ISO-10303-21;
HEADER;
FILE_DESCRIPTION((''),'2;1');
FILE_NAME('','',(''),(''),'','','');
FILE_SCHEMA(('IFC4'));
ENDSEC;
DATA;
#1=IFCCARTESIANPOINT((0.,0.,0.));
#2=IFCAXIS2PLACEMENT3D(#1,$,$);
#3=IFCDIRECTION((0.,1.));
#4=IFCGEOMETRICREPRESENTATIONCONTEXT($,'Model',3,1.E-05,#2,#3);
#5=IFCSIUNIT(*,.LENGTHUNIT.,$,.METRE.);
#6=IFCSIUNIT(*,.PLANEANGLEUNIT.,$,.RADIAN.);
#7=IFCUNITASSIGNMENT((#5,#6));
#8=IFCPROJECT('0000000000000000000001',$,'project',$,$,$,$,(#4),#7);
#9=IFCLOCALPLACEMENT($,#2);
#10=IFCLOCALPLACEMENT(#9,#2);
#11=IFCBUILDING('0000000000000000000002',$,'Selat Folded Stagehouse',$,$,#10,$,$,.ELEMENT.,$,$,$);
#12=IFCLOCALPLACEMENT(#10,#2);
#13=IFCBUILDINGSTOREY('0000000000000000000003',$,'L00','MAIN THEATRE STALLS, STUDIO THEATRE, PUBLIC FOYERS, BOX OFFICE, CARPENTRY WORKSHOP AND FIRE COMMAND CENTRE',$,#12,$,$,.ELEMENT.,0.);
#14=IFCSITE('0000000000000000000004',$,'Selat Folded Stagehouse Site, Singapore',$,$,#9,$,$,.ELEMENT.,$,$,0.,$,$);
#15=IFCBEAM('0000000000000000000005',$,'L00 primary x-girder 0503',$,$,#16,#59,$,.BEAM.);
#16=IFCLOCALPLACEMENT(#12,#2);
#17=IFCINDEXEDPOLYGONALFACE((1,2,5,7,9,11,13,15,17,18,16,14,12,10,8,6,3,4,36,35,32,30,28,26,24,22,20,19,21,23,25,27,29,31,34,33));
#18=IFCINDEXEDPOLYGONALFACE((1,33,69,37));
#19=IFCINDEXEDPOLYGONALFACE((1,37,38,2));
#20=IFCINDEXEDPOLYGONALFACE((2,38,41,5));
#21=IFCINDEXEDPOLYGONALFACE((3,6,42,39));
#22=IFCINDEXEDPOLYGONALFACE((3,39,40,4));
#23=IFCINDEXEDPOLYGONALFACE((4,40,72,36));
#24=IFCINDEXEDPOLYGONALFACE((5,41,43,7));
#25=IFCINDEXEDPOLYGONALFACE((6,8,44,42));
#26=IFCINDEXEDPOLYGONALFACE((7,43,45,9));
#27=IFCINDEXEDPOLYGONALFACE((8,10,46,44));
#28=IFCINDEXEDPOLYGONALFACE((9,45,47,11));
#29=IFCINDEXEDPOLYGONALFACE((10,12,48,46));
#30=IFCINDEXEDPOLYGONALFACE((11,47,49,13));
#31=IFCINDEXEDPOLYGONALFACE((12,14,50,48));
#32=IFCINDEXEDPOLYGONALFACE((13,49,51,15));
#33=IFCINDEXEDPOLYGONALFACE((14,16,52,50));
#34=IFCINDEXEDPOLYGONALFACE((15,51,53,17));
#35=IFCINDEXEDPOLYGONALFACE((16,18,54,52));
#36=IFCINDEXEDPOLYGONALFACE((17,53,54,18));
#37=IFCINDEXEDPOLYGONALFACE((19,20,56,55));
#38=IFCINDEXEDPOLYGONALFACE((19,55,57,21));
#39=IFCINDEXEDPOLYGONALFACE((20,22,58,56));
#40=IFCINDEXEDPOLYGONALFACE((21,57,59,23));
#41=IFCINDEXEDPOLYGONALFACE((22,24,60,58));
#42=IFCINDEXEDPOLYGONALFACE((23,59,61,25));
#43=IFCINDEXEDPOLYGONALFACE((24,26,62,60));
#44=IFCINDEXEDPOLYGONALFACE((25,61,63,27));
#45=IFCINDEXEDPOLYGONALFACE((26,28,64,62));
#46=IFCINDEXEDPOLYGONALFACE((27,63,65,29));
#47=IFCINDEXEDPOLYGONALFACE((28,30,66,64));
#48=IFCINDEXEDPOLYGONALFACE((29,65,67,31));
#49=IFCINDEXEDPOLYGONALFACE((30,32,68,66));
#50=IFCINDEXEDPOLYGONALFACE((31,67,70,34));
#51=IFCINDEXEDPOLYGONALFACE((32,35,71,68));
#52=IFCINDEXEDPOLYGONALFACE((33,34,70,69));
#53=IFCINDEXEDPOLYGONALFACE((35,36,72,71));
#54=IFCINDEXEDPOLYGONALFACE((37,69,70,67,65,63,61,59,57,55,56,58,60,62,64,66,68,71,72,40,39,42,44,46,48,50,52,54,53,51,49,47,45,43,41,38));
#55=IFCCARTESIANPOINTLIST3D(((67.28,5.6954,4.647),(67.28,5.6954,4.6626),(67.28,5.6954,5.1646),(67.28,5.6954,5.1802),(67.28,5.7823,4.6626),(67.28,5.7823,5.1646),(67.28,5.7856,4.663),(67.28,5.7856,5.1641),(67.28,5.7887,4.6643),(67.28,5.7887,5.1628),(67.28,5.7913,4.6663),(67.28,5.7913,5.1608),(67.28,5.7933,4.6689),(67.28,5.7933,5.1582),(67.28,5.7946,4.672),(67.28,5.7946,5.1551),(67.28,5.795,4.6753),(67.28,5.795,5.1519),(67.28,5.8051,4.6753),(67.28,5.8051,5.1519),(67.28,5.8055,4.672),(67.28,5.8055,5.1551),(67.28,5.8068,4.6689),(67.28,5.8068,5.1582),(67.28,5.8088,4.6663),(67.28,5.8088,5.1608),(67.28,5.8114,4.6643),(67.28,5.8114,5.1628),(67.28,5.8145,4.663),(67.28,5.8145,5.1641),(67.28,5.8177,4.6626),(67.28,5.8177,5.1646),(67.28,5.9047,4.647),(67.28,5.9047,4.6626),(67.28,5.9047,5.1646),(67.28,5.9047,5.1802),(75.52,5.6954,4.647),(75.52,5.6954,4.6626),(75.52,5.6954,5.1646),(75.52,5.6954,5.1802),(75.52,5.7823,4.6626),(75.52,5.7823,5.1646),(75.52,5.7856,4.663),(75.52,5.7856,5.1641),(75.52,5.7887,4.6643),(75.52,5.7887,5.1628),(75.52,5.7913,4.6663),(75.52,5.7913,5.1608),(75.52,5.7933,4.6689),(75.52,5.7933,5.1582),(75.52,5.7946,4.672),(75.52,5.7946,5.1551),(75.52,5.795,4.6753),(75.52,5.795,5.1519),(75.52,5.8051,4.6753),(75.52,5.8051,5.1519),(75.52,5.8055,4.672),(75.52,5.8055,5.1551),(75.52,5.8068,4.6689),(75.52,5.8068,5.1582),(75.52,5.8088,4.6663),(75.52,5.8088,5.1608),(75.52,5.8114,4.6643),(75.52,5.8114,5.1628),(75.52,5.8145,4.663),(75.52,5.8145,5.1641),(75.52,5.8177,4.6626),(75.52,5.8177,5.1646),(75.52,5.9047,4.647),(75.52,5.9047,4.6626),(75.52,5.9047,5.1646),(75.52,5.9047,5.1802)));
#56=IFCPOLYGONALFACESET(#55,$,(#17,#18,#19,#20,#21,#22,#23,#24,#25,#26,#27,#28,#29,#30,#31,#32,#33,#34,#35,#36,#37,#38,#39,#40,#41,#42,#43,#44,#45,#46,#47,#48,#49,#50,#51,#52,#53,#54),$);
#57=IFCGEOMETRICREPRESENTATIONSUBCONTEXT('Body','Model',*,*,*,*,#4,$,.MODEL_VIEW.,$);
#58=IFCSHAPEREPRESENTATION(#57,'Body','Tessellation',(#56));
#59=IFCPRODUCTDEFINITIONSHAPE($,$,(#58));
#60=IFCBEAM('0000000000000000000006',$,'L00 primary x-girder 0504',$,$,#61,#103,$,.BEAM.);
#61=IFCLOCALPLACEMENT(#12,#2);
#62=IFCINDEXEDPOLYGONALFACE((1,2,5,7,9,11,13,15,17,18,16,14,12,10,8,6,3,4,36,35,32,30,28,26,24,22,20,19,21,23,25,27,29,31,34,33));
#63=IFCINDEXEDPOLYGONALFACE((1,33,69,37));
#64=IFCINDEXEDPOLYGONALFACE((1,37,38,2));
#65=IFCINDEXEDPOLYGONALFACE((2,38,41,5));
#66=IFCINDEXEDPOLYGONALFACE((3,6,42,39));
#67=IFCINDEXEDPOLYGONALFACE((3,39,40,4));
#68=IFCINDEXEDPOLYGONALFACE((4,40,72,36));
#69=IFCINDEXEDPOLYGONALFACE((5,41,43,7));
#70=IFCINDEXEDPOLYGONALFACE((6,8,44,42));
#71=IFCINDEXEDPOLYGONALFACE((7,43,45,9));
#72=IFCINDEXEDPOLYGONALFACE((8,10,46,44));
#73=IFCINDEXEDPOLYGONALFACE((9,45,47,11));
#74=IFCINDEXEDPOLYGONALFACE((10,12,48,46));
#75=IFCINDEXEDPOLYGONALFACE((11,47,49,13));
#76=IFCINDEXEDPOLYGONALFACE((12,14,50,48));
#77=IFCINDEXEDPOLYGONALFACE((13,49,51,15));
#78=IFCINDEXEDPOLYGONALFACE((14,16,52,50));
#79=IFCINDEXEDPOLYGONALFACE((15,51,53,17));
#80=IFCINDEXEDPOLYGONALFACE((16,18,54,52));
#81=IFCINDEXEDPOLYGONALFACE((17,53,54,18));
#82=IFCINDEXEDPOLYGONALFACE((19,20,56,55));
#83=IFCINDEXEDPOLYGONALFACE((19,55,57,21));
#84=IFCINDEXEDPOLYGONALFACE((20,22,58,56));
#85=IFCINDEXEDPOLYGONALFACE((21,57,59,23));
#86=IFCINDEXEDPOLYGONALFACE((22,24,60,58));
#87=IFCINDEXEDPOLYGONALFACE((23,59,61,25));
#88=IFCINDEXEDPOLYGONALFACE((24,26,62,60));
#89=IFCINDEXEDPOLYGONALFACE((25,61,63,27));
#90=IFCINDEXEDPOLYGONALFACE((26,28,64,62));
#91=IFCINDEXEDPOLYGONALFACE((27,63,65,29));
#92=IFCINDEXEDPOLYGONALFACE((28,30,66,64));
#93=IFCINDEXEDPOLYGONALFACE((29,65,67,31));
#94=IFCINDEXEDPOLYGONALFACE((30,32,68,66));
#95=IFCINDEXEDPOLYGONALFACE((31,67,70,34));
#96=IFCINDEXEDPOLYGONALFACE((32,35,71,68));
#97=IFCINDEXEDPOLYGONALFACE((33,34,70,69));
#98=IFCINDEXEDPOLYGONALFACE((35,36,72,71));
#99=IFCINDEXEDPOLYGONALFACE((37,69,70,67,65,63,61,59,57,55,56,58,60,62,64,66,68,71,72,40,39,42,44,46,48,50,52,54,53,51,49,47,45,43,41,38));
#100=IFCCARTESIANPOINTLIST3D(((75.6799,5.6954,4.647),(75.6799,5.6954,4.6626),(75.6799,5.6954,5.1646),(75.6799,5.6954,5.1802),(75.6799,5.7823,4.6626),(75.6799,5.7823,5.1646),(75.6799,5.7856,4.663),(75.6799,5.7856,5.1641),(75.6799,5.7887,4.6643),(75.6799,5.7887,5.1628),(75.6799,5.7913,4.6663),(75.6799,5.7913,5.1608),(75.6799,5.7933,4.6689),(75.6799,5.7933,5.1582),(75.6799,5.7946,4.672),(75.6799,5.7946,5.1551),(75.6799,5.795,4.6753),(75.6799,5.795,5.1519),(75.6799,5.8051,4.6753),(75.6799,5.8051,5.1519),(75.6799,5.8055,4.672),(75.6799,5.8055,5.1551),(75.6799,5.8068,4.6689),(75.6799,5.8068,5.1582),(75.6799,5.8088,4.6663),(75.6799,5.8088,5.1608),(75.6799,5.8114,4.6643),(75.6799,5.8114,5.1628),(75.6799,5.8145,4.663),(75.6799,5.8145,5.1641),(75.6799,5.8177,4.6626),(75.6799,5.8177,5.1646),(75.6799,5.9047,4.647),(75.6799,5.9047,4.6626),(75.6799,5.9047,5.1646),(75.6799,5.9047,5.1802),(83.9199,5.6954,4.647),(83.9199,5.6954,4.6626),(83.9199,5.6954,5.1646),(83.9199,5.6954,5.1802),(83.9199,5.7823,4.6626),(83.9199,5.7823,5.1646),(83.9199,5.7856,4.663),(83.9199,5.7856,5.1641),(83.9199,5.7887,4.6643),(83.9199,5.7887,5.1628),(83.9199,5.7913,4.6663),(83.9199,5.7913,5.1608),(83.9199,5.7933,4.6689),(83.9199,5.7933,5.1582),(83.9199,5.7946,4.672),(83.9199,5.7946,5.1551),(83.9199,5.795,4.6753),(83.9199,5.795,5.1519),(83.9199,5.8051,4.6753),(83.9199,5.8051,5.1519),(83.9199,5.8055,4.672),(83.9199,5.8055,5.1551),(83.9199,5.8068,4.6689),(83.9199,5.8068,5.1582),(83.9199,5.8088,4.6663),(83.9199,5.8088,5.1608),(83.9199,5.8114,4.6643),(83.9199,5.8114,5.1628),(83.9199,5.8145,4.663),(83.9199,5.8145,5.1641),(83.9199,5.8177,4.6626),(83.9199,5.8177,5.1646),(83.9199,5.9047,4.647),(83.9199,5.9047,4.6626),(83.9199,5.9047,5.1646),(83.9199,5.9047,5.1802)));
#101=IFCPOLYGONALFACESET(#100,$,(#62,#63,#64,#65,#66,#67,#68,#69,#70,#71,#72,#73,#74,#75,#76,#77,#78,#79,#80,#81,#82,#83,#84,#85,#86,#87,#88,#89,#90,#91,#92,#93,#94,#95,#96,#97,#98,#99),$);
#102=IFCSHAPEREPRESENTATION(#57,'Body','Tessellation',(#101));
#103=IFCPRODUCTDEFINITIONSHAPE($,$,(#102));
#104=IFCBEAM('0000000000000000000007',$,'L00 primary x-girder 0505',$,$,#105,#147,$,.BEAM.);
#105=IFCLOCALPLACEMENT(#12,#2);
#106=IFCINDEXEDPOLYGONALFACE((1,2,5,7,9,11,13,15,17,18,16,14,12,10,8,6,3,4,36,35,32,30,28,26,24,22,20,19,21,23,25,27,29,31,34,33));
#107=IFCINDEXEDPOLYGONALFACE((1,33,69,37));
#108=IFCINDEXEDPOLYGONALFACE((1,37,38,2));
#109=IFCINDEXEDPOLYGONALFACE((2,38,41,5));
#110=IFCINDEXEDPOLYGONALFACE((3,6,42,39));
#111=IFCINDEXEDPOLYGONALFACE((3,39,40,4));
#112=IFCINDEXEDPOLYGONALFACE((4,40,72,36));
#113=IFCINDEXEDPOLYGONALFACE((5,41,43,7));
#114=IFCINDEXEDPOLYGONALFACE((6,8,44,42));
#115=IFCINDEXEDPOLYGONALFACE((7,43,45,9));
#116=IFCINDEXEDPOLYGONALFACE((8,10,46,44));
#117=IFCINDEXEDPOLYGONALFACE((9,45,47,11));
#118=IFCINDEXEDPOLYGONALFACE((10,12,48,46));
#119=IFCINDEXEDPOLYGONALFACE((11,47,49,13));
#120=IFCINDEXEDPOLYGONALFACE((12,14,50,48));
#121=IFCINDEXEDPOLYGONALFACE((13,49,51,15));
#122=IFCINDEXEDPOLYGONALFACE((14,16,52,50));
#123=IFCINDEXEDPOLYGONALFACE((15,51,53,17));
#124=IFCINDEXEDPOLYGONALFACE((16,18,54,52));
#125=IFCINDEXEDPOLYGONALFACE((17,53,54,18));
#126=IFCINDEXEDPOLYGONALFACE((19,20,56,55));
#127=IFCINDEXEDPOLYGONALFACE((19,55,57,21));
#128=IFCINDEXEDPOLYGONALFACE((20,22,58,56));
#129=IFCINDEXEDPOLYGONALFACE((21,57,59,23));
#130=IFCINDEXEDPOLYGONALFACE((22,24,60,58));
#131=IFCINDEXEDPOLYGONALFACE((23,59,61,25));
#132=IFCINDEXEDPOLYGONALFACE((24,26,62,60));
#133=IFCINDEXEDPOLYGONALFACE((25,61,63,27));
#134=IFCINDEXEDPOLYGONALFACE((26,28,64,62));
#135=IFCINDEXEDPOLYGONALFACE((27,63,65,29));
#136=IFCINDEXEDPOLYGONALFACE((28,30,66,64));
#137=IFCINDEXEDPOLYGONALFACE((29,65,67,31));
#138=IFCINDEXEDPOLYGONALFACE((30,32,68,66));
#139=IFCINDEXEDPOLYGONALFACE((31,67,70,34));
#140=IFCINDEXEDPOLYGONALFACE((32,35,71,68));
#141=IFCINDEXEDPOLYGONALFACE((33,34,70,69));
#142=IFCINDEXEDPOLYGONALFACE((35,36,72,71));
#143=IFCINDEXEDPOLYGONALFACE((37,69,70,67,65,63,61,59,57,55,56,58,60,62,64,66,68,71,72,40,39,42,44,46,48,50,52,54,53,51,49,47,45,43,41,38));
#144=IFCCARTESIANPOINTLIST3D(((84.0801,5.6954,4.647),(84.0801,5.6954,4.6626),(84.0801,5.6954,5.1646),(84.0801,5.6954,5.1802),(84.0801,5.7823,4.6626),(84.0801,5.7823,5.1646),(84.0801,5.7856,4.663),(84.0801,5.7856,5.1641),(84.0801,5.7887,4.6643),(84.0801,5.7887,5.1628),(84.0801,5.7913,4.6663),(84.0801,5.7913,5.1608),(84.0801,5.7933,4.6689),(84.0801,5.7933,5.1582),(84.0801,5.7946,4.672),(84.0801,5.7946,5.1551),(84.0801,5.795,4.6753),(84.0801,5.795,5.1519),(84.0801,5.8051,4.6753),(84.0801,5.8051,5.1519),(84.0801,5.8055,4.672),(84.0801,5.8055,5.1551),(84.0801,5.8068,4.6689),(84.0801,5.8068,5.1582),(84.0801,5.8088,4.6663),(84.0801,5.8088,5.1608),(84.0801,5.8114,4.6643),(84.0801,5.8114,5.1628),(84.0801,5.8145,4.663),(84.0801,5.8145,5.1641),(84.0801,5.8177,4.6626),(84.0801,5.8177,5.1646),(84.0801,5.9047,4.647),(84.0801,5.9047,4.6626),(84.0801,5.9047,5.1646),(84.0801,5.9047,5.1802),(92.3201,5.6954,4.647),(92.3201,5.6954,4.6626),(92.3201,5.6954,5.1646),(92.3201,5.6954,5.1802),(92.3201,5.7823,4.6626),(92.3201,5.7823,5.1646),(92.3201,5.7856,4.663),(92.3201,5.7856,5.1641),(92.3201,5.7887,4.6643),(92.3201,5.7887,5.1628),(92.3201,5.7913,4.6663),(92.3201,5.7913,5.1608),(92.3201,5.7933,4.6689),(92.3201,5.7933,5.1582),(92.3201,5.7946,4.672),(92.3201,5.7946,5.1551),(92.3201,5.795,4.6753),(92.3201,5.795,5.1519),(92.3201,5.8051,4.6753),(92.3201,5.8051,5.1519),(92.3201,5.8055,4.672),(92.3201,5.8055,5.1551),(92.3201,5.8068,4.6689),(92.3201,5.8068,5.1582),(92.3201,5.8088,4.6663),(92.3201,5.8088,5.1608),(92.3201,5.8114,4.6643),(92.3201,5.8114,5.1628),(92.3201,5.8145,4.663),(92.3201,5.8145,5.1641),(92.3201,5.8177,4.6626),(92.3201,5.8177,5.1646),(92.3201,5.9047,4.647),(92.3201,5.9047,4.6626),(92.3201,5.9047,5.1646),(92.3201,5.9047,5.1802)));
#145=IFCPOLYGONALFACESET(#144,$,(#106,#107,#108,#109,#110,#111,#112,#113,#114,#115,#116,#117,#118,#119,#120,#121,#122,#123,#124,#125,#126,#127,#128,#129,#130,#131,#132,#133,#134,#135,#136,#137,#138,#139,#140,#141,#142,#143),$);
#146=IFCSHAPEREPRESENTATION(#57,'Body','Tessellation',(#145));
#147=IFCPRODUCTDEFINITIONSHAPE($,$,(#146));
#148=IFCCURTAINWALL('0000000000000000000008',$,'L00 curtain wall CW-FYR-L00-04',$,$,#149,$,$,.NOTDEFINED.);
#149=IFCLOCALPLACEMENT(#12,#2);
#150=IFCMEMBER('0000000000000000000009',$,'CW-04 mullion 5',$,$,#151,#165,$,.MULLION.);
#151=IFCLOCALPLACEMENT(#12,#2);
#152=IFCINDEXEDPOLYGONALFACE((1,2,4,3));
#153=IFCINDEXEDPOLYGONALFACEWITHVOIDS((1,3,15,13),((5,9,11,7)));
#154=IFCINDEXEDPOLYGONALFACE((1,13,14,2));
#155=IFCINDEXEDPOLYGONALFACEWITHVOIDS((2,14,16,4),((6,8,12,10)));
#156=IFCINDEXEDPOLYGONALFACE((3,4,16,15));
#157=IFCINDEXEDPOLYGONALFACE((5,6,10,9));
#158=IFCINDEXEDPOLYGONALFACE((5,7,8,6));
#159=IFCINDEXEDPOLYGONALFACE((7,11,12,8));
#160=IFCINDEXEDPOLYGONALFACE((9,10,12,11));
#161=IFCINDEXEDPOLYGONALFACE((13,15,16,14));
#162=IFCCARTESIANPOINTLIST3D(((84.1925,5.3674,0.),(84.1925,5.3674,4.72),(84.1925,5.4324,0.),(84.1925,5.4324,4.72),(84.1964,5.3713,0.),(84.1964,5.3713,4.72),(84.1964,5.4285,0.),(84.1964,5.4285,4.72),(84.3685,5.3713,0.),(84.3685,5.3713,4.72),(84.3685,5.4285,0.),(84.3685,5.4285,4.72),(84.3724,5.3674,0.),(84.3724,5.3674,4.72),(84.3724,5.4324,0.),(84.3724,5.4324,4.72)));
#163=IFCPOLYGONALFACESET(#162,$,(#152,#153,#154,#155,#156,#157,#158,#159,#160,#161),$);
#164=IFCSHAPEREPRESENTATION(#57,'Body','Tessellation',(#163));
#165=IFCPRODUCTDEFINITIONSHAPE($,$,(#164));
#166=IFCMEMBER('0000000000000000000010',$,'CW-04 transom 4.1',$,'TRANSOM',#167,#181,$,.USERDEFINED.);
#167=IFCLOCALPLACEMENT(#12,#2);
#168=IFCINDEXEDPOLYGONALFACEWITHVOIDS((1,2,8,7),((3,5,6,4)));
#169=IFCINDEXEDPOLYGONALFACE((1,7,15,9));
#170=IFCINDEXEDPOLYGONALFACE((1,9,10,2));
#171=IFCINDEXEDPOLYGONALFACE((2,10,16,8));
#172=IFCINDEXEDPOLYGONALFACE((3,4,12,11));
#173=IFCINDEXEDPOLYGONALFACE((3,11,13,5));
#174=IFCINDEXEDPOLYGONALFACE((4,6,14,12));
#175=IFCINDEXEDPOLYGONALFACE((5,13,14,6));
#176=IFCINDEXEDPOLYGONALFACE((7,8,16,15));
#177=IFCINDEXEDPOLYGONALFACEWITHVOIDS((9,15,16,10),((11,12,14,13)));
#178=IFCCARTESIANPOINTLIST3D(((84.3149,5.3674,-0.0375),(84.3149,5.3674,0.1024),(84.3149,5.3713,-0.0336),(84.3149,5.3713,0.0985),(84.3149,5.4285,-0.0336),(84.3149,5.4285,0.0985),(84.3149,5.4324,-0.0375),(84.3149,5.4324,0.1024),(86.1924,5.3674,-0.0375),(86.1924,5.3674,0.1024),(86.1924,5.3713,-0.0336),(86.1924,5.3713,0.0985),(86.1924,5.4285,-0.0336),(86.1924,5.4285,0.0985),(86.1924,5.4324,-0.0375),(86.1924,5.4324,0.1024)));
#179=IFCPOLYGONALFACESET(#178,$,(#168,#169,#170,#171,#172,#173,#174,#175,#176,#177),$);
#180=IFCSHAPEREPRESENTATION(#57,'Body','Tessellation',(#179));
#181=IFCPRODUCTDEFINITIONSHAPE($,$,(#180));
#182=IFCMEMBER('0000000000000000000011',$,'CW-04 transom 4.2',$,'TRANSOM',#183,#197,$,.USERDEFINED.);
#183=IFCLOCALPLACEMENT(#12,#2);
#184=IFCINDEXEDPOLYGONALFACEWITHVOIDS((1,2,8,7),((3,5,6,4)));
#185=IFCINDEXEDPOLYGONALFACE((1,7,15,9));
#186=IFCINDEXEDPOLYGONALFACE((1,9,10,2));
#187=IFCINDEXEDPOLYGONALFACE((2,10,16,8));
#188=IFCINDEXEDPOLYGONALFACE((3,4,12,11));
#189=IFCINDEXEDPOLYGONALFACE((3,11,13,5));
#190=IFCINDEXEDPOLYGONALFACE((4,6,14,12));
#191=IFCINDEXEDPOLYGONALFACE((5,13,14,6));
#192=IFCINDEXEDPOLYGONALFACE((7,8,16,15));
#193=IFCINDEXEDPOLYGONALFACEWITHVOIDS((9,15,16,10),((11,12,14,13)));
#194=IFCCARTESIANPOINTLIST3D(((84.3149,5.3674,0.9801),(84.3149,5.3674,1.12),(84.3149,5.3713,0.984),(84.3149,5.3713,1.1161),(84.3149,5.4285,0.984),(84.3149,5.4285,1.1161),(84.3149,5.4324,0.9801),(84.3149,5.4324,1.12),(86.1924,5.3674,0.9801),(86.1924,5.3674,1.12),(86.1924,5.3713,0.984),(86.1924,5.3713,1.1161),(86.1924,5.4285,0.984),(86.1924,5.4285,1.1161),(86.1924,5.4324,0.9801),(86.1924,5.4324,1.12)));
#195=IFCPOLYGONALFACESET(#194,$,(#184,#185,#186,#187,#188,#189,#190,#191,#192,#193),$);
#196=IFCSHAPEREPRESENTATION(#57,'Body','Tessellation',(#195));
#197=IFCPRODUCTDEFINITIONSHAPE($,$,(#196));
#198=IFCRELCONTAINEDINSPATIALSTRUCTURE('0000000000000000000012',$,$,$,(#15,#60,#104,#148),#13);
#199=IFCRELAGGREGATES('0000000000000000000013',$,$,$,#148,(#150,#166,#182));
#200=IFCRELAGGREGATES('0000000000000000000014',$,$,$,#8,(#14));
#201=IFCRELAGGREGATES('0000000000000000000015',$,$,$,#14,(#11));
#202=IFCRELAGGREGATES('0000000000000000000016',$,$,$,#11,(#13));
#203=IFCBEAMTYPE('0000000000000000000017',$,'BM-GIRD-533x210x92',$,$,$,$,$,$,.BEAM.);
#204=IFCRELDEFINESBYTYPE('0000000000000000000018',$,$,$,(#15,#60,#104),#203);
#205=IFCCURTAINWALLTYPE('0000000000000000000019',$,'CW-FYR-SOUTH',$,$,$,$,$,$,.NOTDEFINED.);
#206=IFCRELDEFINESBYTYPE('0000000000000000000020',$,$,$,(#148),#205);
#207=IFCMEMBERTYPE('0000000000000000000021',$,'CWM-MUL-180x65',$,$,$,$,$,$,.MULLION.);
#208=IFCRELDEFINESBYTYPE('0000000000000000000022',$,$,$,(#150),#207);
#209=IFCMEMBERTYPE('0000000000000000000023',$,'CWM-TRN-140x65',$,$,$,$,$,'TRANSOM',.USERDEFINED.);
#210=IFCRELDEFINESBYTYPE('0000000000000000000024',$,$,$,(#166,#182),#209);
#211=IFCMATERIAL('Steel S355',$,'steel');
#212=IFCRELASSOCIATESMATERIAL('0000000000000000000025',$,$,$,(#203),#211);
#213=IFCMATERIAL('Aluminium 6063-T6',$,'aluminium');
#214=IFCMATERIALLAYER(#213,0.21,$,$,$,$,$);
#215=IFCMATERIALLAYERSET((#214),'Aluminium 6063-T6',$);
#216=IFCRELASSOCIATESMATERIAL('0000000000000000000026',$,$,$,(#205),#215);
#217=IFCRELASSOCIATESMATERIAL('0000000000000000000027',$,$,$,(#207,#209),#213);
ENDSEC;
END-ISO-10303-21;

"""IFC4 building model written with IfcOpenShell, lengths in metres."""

from ifc_helpers import new_model, si_unit, direction, frame, origin, origin_2d, place, context, subcontext, project, spatial, hollow_rectangle, i_section, extrude, material, layer, layer_set, material_profile, profile_set, type_object, element, aggregate, save


model = new_model("IFC4")

# Units and contexts
model_context = context("Model", 3, precision=1e-05, world=origin(), true_north=direction((0.0, 1.0)))
body_context = subcontext(model_context, "Body", "Model", "MODEL_VIEW")
ifc_project = project(units=[si_unit("LENGTHUNIT", "METRE"), si_unit("PLANEANGLEUNIT", "RADIAN")], contexts=[model_context])

# Site, building, storey
site_placement = place(None, origin())
site = spatial("IfcSite", under=ifc_project, at=site_placement, Name="Selat Folded Stagehouse Site, Singapore", CompositionType="ELEMENT", RefElevation=0.0)
building_placement = place(site_placement, origin())
building = spatial("IfcBuilding", under=site, at=building_placement, Name="Selat Folded Stagehouse", CompositionType="ELEMENT")
storey_placement = place(building_placement, origin())
storey = spatial("IfcBuildingStorey", under=building, at=storey_placement, Name="L00", Description="MAIN THEATRE STALLS, STUDIO THEATRE, PUBLIC FOYERS, BOX OFFICE, CARPENTRY WORKSHOP AND FIRE COMMAND CENTRE", CompositionType="ELEMENT", Elevation=0.0)

# Shared definitions
ifc_material_1 = material(Name="Steel S355", Category="steel")

# Beams
ifc_material_profile_1 = material_profile(ifc_material_1, i_section(OverallWidth=0.2092, OverallDepth=0.5332, WebThickness=0.01, FlangeThickness=0.0156, FilletRadius=0.0127, at=origin_2d()), Name="UKB 533x210x92")
ifc_profile_set_1 = profile_set([ifc_material_profile_1], Name="Steel S355")
beam_type_1 = type_object("IfcBeamType", Name="BM-GIRD-533x210x92", PredefinedType="BEAM", material=ifc_profile_set_1)
for number, where, z_axis, x_axis, name in (
    (1, (67.28, 5.8, 4.9136), (1.0, 0.0, 0.0), (0.0, 1.0, 0.0), "L00 primary x-girder 0503"),
    (2, (75.6799, 5.8, 4.9136), (1.0, 0.0, 0.0), (0.0, 1.0, 0.0), "L00 primary x-girder 0504"),
    (3, (84.0801, 5.8, 4.9136), (1.0, 0.0, 0.0), (0.0, 1.0, 0.0), "L00 primary x-girder 0505"),
):
    element("IfcBeam", number, at=place(storey_placement, frame(where, z_axis=z_axis, x_axis=x_axis)), inside=storey, type_object=beam_type_1, Name=name, PredefinedType="BEAM", context=body_context, shape_type="SweptSolid", body=[
        extrude(i_section(OverallWidth=0.2092, OverallDepth=0.5332, WebThickness=0.01, FlangeThickness=0.0156, FilletRadius=0.0127, at=origin_2d()), origin(), (0.0, 0.0, 1.0), 8.24),
    ])

# Curtain wall, members
ifc_material_2 = material(Name="Aluminium 6063-T6", Category="aluminium")
ifc_layer_1 = layer(ifc_material_2, 0.21)
ifc_layer_set_1 = layer_set([ifc_layer_1], Name="Aluminium 6063-T6")
curtain_wall_type = type_object("IfcCurtainWallType", Name="CW-FYR-SOUTH", PredefinedType="NOTDEFINED", material=ifc_layer_set_1)
curtain_wall_placement = place(storey_placement, origin())
curtain_wall = element("IfcCurtainWall", 4, at=curtain_wall_placement, inside=storey, type_object=curtain_wall_type, Name="L00 curtain wall CW-FYR-L00-04", PredefinedType="NOTDEFINED")
ifc_material_profile_2 = material_profile(ifc_material_2, hollow_rectangle(XDim=0.0649, YDim=0.1799, WallThickness=0.0039, at=origin_2d()), Name="ALU 180x65x4.0")
ifc_profile_set_2 = profile_set([ifc_material_profile_2], Name="Aluminium 6063-T6")
member_type_1 = type_object("IfcMemberType", Name="CWM-MUL-180x65", PredefinedType="MULLION", material=ifc_profile_set_2)
member_1_placement = place(storey_placement, frame((84.2825, 5.3999, 0.0), z_axis=(0.0, 0.0, 1.0), x_axis=(0.0, -1.0, 0.0)))
member_1 = element("IfcMember", 5, at=member_1_placement, type_object=member_type_1, Name="CW-04 mullion 5", PredefinedType="MULLION", context=body_context, shape_type="SweptSolid", body=[
    extrude(hollow_rectangle(XDim=0.0649, YDim=0.1799, WallThickness=0.0039, at=origin_2d()), origin(), (0.0, 0.0, 1.0), 4.72),
])
ifc_material_profile_3 = material_profile(ifc_material_2, hollow_rectangle(XDim=0.0649, YDim=0.1399, WallThickness=0.0039, at=origin_2d()), Name="ALU 140x65x4.0")
ifc_profile_set_3 = profile_set([ifc_material_profile_3], Name="Aluminium 6063-T6")
member_type_2 = type_object("IfcMemberType", Name="CWM-TRN-140x65", ElementType="TRANSOM", PredefinedType="USERDEFINED", material=ifc_profile_set_3)
member_2_placement = place(storey_placement, frame((86.1924, 5.3999, 0.0325), z_axis=(-1.0, 0.0, 0.0), x_axis=(0.0, -1.0, 0.0)))
member_2 = element("IfcMember", 6, at=member_2_placement, type_object=member_type_2, Name="CW-04 transom 4.1", ObjectType="TRANSOM", PredefinedType="USERDEFINED", context=body_context, shape_type="SweptSolid", body=[
    extrude(hollow_rectangle(XDim=0.0649, YDim=0.1399, WallThickness=0.0039, at=origin_2d()), origin(), (0.0, 0.0, 1.0), 1.8774),
])
member_3_placement = place(storey_placement, frame((86.1924, 5.3999, 1.05), z_axis=(-1.0, 0.0, 0.0), x_axis=(0.0, -1.0, 0.0)))
member_3 = element("IfcMember", 7, at=member_3_placement, type_object=member_type_2, Name="CW-04 transom 4.2", ObjectType="TRANSOM", PredefinedType="USERDEFINED", context=body_context, shape_type="SweptSolid", body=[
    extrude(hollow_rectangle(XDim=0.0649, YDim=0.1399, WallThickness=0.0039, at=origin_2d()), origin(), (0.0, 0.0, 1.0), 1.8774),
])

aggregate(curtain_wall, [member_1, member_2, member_3])

save(model, "model.ifc")
